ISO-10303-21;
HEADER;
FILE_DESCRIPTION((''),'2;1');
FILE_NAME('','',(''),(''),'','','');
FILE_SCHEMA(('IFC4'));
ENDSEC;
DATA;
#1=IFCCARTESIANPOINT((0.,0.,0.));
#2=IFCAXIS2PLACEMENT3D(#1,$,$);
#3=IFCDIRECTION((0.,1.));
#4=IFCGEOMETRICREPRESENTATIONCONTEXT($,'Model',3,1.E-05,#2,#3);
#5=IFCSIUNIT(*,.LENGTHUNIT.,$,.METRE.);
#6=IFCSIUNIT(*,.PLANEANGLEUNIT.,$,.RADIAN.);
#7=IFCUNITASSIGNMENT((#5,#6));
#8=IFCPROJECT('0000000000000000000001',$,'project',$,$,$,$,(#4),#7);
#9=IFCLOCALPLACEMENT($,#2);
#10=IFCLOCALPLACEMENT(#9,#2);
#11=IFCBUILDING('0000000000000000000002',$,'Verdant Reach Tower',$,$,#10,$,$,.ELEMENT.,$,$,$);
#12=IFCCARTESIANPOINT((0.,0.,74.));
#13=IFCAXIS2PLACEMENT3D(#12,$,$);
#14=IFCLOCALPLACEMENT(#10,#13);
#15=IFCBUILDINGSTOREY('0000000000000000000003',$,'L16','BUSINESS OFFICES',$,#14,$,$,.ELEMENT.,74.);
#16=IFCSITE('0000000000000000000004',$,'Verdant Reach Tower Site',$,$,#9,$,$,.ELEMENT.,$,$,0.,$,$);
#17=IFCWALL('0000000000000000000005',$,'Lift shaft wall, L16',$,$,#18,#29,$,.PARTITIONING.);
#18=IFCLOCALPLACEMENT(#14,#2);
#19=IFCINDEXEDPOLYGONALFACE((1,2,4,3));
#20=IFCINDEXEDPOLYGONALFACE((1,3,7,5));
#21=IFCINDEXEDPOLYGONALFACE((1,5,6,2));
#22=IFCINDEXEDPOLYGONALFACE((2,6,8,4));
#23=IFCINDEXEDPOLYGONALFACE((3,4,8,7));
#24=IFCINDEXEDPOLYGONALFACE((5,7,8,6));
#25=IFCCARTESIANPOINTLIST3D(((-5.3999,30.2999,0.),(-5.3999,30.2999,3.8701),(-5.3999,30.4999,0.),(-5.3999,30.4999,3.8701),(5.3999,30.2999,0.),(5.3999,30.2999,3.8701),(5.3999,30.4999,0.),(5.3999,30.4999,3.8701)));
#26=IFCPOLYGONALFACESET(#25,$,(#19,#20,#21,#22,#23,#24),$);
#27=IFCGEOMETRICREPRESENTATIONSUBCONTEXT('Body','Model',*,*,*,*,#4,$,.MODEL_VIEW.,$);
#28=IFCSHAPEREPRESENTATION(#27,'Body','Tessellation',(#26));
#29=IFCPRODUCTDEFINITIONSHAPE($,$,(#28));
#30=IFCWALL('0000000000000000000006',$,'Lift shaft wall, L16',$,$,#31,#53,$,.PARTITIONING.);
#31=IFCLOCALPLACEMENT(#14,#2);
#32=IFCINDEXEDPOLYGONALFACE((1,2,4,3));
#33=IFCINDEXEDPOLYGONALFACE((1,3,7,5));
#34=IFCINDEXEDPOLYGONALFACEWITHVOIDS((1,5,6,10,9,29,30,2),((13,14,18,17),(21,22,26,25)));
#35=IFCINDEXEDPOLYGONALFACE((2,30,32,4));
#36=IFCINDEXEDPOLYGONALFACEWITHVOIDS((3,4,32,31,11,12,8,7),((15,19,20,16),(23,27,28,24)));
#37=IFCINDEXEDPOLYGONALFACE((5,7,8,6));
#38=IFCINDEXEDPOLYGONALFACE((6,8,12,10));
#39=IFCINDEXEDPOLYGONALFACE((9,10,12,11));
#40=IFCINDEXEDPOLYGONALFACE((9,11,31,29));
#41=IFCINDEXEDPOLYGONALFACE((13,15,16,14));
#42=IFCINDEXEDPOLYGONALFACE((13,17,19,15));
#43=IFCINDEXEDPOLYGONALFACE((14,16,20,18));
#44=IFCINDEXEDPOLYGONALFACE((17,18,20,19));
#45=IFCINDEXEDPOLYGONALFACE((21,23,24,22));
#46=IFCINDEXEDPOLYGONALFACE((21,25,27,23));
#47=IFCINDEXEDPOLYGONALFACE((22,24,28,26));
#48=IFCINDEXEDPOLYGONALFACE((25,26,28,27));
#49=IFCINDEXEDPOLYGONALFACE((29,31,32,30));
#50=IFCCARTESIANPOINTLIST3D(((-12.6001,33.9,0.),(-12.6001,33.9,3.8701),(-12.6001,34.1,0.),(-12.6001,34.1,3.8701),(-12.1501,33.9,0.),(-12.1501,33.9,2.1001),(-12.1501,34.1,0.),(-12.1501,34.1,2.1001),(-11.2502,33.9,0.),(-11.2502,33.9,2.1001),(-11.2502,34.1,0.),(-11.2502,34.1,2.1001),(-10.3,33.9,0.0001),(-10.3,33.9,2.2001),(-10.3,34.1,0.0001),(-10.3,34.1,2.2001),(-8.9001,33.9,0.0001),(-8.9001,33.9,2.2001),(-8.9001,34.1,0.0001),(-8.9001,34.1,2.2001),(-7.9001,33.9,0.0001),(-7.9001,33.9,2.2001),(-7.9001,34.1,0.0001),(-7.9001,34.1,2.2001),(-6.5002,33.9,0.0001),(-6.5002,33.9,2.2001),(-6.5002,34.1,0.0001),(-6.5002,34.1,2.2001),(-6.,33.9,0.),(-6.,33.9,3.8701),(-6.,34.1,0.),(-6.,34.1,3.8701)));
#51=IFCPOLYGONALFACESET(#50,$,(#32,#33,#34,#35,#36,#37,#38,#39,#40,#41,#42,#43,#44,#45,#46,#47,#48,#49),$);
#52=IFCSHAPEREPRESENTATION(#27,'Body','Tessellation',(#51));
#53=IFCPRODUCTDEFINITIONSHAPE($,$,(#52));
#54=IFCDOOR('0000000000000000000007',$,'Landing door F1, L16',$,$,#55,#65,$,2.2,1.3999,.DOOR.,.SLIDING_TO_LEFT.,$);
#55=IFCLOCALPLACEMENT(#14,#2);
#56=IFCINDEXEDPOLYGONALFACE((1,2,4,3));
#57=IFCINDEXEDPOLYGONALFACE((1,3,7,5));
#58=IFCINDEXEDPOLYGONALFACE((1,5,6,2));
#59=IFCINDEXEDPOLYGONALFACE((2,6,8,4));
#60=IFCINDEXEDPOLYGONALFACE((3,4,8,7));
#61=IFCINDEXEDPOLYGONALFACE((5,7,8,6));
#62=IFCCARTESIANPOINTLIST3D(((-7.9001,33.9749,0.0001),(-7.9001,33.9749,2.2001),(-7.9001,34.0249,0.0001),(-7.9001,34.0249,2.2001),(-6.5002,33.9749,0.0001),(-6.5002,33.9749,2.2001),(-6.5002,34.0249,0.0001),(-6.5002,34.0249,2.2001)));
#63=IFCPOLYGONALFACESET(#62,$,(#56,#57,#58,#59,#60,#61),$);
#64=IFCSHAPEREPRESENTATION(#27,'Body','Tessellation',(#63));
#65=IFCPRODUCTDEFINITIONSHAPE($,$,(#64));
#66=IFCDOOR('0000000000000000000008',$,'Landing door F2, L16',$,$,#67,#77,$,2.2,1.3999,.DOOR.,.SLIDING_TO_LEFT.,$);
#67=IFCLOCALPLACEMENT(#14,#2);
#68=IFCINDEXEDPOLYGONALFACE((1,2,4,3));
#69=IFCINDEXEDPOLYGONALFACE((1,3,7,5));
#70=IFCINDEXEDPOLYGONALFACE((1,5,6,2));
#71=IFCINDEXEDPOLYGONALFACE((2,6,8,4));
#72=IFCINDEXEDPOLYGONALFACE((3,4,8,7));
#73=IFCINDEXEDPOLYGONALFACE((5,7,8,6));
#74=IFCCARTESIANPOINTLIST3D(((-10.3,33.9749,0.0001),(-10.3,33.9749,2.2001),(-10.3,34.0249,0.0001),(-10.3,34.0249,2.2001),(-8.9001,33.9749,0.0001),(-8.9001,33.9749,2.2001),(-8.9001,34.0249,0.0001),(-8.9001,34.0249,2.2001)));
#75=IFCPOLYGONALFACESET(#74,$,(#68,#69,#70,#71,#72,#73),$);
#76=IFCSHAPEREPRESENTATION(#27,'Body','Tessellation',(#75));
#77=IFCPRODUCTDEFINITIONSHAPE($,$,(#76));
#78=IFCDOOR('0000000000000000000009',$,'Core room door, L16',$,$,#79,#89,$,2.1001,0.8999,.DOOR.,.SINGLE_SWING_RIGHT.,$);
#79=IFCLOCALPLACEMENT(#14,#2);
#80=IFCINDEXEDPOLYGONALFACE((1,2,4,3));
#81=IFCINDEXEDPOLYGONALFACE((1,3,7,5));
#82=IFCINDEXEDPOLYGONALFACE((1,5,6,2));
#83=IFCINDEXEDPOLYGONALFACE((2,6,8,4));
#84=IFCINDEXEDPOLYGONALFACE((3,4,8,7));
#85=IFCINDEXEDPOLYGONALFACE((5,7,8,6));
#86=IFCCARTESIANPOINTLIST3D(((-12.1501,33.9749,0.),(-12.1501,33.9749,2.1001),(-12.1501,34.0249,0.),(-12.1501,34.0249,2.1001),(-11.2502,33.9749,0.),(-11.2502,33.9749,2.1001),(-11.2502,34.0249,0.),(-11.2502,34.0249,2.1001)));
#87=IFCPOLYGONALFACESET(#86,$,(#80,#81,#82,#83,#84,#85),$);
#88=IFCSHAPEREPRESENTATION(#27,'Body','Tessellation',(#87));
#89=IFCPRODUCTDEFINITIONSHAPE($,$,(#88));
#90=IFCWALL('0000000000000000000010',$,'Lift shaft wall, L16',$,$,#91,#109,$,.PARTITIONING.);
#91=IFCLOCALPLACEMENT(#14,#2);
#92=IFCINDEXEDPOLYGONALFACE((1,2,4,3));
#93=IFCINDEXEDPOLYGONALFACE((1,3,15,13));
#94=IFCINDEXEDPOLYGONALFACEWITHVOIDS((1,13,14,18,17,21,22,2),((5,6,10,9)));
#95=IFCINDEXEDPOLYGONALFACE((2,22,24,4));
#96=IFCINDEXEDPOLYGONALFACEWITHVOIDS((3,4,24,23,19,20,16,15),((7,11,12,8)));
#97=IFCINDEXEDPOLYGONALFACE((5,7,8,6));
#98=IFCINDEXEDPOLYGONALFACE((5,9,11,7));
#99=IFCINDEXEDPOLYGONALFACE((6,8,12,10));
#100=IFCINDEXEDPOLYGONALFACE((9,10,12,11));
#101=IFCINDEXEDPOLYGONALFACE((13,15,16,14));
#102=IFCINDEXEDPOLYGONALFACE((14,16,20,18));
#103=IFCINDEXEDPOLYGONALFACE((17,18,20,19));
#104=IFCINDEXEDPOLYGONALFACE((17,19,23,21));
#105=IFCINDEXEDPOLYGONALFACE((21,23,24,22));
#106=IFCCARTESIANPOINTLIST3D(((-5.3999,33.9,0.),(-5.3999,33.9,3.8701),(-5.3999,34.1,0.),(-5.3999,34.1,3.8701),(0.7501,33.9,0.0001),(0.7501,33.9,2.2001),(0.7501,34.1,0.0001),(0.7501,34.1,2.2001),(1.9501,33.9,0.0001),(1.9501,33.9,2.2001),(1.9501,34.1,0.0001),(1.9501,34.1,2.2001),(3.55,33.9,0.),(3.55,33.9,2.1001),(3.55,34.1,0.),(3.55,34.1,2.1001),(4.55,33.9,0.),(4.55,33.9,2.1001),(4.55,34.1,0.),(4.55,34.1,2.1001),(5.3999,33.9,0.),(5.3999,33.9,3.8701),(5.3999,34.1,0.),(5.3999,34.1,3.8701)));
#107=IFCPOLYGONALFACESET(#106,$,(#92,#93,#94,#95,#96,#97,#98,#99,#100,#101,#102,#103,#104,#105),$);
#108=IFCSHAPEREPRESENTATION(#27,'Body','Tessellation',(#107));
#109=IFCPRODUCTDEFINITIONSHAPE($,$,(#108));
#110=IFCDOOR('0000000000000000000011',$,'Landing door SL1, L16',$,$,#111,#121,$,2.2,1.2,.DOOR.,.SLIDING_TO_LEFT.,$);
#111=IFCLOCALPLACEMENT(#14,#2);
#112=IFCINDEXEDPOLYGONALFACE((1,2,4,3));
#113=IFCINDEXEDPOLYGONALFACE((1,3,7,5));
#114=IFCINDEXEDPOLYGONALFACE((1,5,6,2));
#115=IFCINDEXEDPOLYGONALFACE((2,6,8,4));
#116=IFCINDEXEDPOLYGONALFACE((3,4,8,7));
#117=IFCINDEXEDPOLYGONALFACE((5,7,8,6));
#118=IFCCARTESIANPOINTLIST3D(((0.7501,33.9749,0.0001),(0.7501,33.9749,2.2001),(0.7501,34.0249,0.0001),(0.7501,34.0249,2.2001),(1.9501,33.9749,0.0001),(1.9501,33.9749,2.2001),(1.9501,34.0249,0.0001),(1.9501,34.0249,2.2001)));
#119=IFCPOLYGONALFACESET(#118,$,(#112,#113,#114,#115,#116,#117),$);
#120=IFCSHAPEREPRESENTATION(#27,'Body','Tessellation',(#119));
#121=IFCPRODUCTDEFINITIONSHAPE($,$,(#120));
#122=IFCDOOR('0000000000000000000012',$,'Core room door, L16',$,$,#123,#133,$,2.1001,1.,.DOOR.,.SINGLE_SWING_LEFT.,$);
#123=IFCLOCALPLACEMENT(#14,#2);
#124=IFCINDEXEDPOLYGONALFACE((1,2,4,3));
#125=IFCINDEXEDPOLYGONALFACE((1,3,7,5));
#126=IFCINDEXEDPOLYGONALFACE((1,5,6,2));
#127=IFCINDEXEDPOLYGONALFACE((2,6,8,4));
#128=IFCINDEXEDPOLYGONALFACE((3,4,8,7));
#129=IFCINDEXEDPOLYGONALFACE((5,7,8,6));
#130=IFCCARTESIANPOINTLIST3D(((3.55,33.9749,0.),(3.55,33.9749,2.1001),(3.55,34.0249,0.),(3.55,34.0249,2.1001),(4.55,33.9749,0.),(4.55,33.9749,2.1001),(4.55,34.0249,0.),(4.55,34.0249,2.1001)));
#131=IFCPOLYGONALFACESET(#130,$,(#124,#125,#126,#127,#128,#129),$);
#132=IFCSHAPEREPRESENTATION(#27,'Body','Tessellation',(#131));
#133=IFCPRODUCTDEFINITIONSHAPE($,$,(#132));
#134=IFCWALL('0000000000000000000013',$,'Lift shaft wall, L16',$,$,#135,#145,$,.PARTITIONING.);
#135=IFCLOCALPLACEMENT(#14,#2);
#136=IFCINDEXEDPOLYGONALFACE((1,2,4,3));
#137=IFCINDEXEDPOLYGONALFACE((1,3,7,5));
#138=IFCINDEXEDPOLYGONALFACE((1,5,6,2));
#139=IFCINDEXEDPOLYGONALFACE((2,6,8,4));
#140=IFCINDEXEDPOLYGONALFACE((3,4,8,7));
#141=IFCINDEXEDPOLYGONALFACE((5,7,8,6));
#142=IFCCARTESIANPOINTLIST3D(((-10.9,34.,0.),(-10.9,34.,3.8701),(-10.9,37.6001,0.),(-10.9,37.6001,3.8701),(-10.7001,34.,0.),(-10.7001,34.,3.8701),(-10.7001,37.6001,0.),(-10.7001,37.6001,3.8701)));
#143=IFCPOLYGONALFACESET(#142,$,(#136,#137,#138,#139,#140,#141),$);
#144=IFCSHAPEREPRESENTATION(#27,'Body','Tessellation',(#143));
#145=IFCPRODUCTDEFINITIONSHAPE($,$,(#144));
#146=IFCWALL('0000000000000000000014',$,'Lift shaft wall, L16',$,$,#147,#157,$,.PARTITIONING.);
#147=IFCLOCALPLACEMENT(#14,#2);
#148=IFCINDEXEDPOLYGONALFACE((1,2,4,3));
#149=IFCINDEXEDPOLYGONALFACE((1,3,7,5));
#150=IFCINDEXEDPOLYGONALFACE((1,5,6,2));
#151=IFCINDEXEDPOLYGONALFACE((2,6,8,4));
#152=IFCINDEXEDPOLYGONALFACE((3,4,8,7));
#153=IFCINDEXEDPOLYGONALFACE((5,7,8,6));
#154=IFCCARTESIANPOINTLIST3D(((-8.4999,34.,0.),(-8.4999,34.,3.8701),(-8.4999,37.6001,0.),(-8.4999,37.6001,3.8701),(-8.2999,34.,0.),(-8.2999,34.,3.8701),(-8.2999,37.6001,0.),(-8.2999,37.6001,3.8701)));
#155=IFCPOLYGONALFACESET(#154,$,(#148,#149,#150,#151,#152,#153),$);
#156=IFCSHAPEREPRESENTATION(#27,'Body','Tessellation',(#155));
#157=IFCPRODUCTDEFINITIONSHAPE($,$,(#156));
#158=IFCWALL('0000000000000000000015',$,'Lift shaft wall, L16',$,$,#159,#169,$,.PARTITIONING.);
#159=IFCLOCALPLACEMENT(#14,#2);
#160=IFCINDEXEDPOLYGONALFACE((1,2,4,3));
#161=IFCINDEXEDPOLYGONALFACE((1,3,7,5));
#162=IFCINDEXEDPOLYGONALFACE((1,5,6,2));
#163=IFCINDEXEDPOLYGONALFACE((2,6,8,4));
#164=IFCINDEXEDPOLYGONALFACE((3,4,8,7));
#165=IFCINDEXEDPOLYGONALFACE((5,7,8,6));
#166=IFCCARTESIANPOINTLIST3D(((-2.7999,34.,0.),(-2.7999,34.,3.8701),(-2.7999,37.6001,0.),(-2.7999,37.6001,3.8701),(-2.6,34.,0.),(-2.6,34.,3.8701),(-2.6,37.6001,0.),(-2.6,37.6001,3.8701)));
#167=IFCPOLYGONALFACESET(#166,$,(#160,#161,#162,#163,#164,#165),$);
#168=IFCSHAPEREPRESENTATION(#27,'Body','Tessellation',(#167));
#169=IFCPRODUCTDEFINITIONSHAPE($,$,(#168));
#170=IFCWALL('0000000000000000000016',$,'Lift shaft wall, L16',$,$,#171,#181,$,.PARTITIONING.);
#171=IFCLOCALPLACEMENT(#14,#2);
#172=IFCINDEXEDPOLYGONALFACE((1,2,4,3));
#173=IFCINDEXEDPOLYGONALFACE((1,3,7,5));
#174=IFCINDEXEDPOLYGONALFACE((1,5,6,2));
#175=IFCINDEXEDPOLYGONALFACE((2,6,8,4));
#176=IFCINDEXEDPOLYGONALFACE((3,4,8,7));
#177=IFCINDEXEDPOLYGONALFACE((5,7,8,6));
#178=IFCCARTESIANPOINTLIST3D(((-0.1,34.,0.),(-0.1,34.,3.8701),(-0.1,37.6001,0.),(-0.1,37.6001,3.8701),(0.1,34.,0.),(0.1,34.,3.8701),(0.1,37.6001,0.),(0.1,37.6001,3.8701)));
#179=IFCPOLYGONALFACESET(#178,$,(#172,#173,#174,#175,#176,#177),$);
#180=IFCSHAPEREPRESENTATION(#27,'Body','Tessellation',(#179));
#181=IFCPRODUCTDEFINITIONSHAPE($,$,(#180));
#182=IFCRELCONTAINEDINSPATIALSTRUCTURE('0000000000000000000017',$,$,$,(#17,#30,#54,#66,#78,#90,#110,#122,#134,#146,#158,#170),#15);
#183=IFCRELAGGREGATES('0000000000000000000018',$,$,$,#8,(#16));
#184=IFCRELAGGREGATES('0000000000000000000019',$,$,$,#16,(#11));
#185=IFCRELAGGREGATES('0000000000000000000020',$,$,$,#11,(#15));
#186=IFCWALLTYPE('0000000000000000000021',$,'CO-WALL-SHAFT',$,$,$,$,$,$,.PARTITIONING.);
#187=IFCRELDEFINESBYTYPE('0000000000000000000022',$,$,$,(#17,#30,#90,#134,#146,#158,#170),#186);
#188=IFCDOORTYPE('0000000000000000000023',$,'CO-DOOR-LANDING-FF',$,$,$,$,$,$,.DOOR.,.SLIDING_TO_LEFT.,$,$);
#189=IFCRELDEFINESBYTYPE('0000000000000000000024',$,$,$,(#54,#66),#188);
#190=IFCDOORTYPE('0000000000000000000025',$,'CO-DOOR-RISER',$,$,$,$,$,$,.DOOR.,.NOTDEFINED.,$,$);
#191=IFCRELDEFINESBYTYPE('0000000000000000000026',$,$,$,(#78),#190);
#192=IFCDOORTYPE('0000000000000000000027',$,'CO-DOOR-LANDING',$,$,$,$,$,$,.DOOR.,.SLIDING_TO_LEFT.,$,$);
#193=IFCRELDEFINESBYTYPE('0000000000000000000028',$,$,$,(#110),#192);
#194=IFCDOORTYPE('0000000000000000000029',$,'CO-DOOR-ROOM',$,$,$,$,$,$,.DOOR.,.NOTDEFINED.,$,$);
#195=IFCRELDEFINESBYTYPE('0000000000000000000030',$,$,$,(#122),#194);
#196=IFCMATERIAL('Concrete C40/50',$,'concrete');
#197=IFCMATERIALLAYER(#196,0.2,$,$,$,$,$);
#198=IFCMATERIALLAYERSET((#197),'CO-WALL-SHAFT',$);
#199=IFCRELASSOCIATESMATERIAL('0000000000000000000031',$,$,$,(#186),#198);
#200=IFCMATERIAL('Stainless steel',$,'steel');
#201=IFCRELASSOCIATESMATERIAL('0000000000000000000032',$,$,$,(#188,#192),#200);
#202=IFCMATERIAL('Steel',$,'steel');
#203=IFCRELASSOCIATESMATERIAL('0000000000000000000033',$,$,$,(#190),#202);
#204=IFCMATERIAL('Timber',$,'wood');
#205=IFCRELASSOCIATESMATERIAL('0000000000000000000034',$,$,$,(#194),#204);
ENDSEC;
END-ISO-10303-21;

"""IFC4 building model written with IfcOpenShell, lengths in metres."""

from ifc_helpers import new_model, si_unit, direction, frame, frame_2d, origin, place, context, subcontext, project, spatial, rectangle, extrude, material, layer, layer_set, type_object, element, fill, save


model = new_model("IFC4")

# Units and contexts
model_context = context("Model", 3, precision=1e-05, world=origin(), true_north=direction((0.0, 1.0)))
body_context = subcontext(model_context, "Body", "Model", "MODEL_VIEW")
ifc_project = project(units=[si_unit("LENGTHUNIT", "METRE"), si_unit("PLANEANGLEUNIT", "RADIAN")], contexts=[model_context])

# Site, building, storey
site_placement = place(None, origin())
site = spatial("IfcSite", under=ifc_project, at=site_placement, Name="Verdant Reach Tower Site", CompositionType="ELEMENT", RefElevation=0.0)
building_placement = place(site_placement, origin())
building = spatial("IfcBuilding", under=site, at=building_placement, Name="Verdant Reach Tower", CompositionType="ELEMENT")
storey_placement = place(building_placement, frame((0.0, 0.0, 74.0)))
storey = spatial("IfcBuildingStorey", under=building, at=storey_placement, Name="L16", Description="BUSINESS OFFICES", CompositionType="ELEMENT", Elevation=74.0)

# Wall
ifc_material_1 = material(Name="Concrete C40/50", Category="concrete")
ifc_layer_1 = layer(ifc_material_1, 0.2)
ifc_layer_set_1 = layer_set([ifc_layer_1], Name="CO-WALL-SHAFT")
wall_type_1 = type_object("IfcWallType", Name="CO-WALL-SHAFT", PredefinedType="PARTITIONING", material=ifc_layer_set_1)
wall_1_placement = place(storey_placement, frame((-5.3999, 30.3999, 0.0), z_axis=(0.0, 0.0, 1.0), x_axis=(1.0, 0.0, 0.0)))
element("IfcWall", 1, at=wall_1_placement, inside=storey, type_object=wall_type_1, Name="Lift shaft wall, L16", PredefinedType="PARTITIONING", context=body_context, shape_type="SweptSolid", body=[
    extrude(rectangle(XDim=10.7998, YDim=0.2, at=frame_2d((5.3999, 0.0))), origin(), (0.0, 0.0, 1.0), 3.8701),
])

# Walls, openings, doors
wall_2_placement = place(storey_placement, frame((-12.6001, 34.0, 0.0), z_axis=(0.0, 0.0, 1.0), x_axis=(1.0, 0.0, 0.0)))
wall_2 = element("IfcWall", 2, at=wall_2_placement, inside=storey, type_object=wall_type_1, Name="Lift shaft wall, L16", PredefinedType="PARTITIONING", context=body_context, shape_type="SweptSolid", body=[
    extrude(rectangle(XDim=6.6001, YDim=0.2, at=frame_2d((3.3, 0.0))), origin(), (0.0, 0.0, 1.0), 3.8701),
])
opening_1_placement = place(wall_2_placement, frame((4.7, 0.0, 0.0)))
opening_1 = element("IfcOpeningElement", 3, at=opening_1_placement, cuts=wall_2, PredefinedType="OPENING", context=body_context, shape_type="SweptSolid", body=[
    extrude(rectangle(XDim=1.3999, YDim=2.2, at=frame_2d((0.7, 1.1001))), frame((0.0, 0.1099, 0.0), z_axis=(0.0, -1.0, 0.0), x_axis=(1.0, 0.0, 0.0)), (0.0, 0.0, 1.0), 0.22),
])
opening_2_placement = place(wall_2_placement, frame((2.3, 0.0, 0.0)))
opening_2 = element("IfcOpeningElement", 4, at=opening_2_placement, cuts=wall_2, PredefinedType="OPENING", context=body_context, shape_type="SweptSolid", body=[
    extrude(rectangle(XDim=1.3999, YDim=2.2, at=frame_2d((0.7, 1.1001))), frame((0.0, 0.1099, 0.0), z_axis=(0.0, -1.0, 0.0), x_axis=(1.0, 0.0, 0.0)), (0.0, 0.0, 1.0), 0.22),
])
opening_3_placement = place(wall_2_placement, frame((0.45, 0.0, 0.0)))
opening_3 = element("IfcOpeningElement", 5, at=opening_3_placement, cuts=wall_2, PredefinedType="OPENING", context=body_context, shape_type="SweptSolid", body=[
    extrude(rectangle(XDim=0.8999, YDim=2.1001, at=frame_2d((0.45, 1.05))), frame((0.0, 0.1099, 0.0), z_axis=(0.0, -1.0, 0.0), x_axis=(1.0, 0.0, 0.0)), (0.0, 0.0, 1.0), 0.22),
])
ifc_material_2 = material(Name="Stainless steel", Category="steel")
door_type_1 = type_object("IfcDoorType", Name="CO-DOOR-LANDING-FF", OperationType="SLIDING_TO_LEFT", PredefinedType="DOOR", material=ifc_material_2)
door_1_placement = place(opening_1_placement, origin())
door_1 = element("IfcDoor", 6, at=door_1_placement, inside=storey, type_object=door_type_1, Name="Landing door F1, L16", OperationType="SLIDING_TO_LEFT", OverallHeight=2.2, OverallWidth=1.3999, PredefinedType="DOOR", context=body_context, shape_type="SweptSolid", body=[
    extrude(rectangle(XDim=1.3999, YDim=2.2, at=frame_2d((0.7, 1.1001))), frame((0.0, 0.0249, 0.0), z_axis=(0.0, -1.0, 0.0), x_axis=(1.0, 0.0, 0.0)), (0.0, 0.0, 1.0), 0.05),
])
fill(opening_1, door_1)
door_2_placement = place(opening_2_placement, origin())
door_2 = element("IfcDoor", 7, at=door_2_placement, inside=storey, type_object=door_type_1, Name="Landing door F2, L16", OperationType="SLIDING_TO_LEFT", OverallHeight=2.2, OverallWidth=1.3999, PredefinedType="DOOR", context=body_context, shape_type="SweptSolid", body=[
    extrude(rectangle(XDim=1.3999, YDim=2.2, at=frame_2d((0.7, 1.1001))), frame((0.0, 0.0249, 0.0), z_axis=(0.0, -1.0, 0.0), x_axis=(1.0, 0.0, 0.0)), (0.0, 0.0, 1.0), 0.05),
])
fill(opening_2, door_2)
ifc_material_3 = material(Name="Steel", Category="steel")
door_type_2 = type_object("IfcDoorType", Name="CO-DOOR-RISER", OperationType="NOTDEFINED", PredefinedType="DOOR", material=ifc_material_3)
door_3_placement = place(opening_3_placement, origin())
door_3 = element("IfcDoor", 8, at=door_3_placement, inside=storey, type_object=door_type_2, Name="Core room door, L16", OperationType="SINGLE_SWING_RIGHT", OverallHeight=2.1001, OverallWidth=0.8999, PredefinedType="DOOR", context=body_context, shape_type="SweptSolid", body=[
    extrude(rectangle(XDim=0.8999, YDim=2.1001, at=frame_2d((0.45, 1.05))), frame((0.0, 0.0249, 0.0), z_axis=(0.0, -1.0, 0.0), x_axis=(1.0, 0.0, 0.0)), (0.0, 0.0, 1.0), 0.05),
])
fill(opening_3, door_3)
wall_3_placement = place(storey_placement, frame((-5.3999, 34.0, 0.0), z_axis=(0.0, 0.0, 1.0), x_axis=(1.0, 0.0, 0.0)))
wall_3 = element("IfcWall", 9, at=wall_3_placement, inside=storey, type_object=wall_type_1, Name="Lift shaft wall, L16", PredefinedType="PARTITIONING", context=body_context, shape_type="SweptSolid", body=[
    extrude(rectangle(XDim=10.7998, YDim=0.2, at=frame_2d((5.3999, 0.0))), origin(), (0.0, 0.0, 1.0), 3.8701),
])
opening_4_placement = place(wall_3_placement, frame((6.1499, 0.0, 0.0)))
opening_4 = element("IfcOpeningElement", 10, at=opening_4_placement, cuts=wall_3, PredefinedType="OPENING", context=body_context, shape_type="SweptSolid", body=[
    extrude(rectangle(XDim=1.2, YDim=2.2, at=frame_2d((0.6001, 1.1001))), frame((0.0, 0.1099, 0.0), z_axis=(0.0, -1.0, 0.0), x_axis=(1.0, 0.0, 0.0)), (0.0, 0.0, 1.0), 0.22),
])
opening_5_placement = place(wall_3_placement, frame((8.95, 0.0, 0.0)))
opening_5 = element("IfcOpeningElement", 11, at=opening_5_placement, cuts=wall_3, PredefinedType="OPENING", context=body_context, shape_type="SweptSolid", body=[
    extrude(rectangle(XDim=1.0, YDim=2.1001, at=frame_2d((0.5, 1.05))), frame((0.0, 0.1099, 0.0), z_axis=(0.0, -1.0, 0.0), x_axis=(1.0, 0.0, 0.0)), (0.0, 0.0, 1.0), 0.22),
])
door_type_3 = type_object("IfcDoorType", Name="CO-DOOR-LANDING", OperationType="SLIDING_TO_LEFT", PredefinedType="DOOR", material=ifc_material_2)
door_4_placement = place(opening_4_placement, origin())
door_4 = element("IfcDoor", 12, at=door_4_placement, inside=storey, type_object=door_type_3, Name="Landing door SL1, L16", OperationType="SLIDING_TO_LEFT", OverallHeight=2.2, OverallWidth=1.2, PredefinedType="DOOR", context=body_context, shape_type="SweptSolid", body=[
    extrude(rectangle(XDim=1.2, YDim=2.2, at=frame_2d((0.6001, 1.1001))), frame((0.0, 0.0249, 0.0), z_axis=(0.0, -1.0, 0.0), x_axis=(1.0, 0.0, 0.0)), (0.0, 0.0, 1.0), 0.05),
])
fill(opening_4, door_4)
ifc_material_4 = material(Name="Timber", Category="wood")
door_type_4 = type_object("IfcDoorType", Name="CO-DOOR-ROOM", OperationType="NOTDEFINED", PredefinedType="DOOR", material=ifc_material_4)
door_5_placement = place(opening_5_placement, origin())
door_5 = element("IfcDoor", 13, at=door_5_placement, inside=storey, type_object=door_type_4, Name="Core room door, L16", OperationType="SINGLE_SWING_LEFT", OverallHeight=2.1001, OverallWidth=1.0, PredefinedType="DOOR", context=body_context, shape_type="SweptSolid", body=[
    extrude(rectangle(XDim=1.0, YDim=2.1001, at=frame_2d((0.5, 1.05))), frame((0.0, 0.0249, 0.0), z_axis=(0.0, -1.0, 0.0), x_axis=(1.0, 0.0, 0.0)), (0.0, 0.0, 1.0), 0.05),
])
fill(opening_5, door_5)

# Walls
for number, where, z_axis, x_axis, name in (
    (14, (-10.8, 34.0, 0.0), (0.0, 0.0, 1.0), (0.0, 1.0, 0.0), "Lift shaft wall, L16"),
    (15, (-8.3999, 34.0, 0.0), (0.0, 0.0, 1.0), (0.0, 1.0, 0.0), "Lift shaft wall, L16"),
    (16, (-2.7, 34.0, 0.0), (0.0, 0.0, 1.0), (0.0, 1.0, 0.0), "Lift shaft wall, L16"),
    (17, (0.0, 34.0, 0.0), (0.0, 0.0, 1.0), (0.0, 1.0, 0.0), "Lift shaft wall, L16"),
):
    element("IfcWall", number, at=place(storey_placement, frame(where, z_axis=z_axis, x_axis=x_axis)), inside=storey, type_object=wall_type_1, Name=name, PredefinedType="PARTITIONING", context=body_context, shape_type="SweptSolid", body=[
        extrude(rectangle(XDim=3.6001, YDim=0.2, at=frame_2d((1.8, 0.0))), origin(), (0.0, 0.0, 1.0), 3.8701),
    ])

save(model, "model.ifc")
